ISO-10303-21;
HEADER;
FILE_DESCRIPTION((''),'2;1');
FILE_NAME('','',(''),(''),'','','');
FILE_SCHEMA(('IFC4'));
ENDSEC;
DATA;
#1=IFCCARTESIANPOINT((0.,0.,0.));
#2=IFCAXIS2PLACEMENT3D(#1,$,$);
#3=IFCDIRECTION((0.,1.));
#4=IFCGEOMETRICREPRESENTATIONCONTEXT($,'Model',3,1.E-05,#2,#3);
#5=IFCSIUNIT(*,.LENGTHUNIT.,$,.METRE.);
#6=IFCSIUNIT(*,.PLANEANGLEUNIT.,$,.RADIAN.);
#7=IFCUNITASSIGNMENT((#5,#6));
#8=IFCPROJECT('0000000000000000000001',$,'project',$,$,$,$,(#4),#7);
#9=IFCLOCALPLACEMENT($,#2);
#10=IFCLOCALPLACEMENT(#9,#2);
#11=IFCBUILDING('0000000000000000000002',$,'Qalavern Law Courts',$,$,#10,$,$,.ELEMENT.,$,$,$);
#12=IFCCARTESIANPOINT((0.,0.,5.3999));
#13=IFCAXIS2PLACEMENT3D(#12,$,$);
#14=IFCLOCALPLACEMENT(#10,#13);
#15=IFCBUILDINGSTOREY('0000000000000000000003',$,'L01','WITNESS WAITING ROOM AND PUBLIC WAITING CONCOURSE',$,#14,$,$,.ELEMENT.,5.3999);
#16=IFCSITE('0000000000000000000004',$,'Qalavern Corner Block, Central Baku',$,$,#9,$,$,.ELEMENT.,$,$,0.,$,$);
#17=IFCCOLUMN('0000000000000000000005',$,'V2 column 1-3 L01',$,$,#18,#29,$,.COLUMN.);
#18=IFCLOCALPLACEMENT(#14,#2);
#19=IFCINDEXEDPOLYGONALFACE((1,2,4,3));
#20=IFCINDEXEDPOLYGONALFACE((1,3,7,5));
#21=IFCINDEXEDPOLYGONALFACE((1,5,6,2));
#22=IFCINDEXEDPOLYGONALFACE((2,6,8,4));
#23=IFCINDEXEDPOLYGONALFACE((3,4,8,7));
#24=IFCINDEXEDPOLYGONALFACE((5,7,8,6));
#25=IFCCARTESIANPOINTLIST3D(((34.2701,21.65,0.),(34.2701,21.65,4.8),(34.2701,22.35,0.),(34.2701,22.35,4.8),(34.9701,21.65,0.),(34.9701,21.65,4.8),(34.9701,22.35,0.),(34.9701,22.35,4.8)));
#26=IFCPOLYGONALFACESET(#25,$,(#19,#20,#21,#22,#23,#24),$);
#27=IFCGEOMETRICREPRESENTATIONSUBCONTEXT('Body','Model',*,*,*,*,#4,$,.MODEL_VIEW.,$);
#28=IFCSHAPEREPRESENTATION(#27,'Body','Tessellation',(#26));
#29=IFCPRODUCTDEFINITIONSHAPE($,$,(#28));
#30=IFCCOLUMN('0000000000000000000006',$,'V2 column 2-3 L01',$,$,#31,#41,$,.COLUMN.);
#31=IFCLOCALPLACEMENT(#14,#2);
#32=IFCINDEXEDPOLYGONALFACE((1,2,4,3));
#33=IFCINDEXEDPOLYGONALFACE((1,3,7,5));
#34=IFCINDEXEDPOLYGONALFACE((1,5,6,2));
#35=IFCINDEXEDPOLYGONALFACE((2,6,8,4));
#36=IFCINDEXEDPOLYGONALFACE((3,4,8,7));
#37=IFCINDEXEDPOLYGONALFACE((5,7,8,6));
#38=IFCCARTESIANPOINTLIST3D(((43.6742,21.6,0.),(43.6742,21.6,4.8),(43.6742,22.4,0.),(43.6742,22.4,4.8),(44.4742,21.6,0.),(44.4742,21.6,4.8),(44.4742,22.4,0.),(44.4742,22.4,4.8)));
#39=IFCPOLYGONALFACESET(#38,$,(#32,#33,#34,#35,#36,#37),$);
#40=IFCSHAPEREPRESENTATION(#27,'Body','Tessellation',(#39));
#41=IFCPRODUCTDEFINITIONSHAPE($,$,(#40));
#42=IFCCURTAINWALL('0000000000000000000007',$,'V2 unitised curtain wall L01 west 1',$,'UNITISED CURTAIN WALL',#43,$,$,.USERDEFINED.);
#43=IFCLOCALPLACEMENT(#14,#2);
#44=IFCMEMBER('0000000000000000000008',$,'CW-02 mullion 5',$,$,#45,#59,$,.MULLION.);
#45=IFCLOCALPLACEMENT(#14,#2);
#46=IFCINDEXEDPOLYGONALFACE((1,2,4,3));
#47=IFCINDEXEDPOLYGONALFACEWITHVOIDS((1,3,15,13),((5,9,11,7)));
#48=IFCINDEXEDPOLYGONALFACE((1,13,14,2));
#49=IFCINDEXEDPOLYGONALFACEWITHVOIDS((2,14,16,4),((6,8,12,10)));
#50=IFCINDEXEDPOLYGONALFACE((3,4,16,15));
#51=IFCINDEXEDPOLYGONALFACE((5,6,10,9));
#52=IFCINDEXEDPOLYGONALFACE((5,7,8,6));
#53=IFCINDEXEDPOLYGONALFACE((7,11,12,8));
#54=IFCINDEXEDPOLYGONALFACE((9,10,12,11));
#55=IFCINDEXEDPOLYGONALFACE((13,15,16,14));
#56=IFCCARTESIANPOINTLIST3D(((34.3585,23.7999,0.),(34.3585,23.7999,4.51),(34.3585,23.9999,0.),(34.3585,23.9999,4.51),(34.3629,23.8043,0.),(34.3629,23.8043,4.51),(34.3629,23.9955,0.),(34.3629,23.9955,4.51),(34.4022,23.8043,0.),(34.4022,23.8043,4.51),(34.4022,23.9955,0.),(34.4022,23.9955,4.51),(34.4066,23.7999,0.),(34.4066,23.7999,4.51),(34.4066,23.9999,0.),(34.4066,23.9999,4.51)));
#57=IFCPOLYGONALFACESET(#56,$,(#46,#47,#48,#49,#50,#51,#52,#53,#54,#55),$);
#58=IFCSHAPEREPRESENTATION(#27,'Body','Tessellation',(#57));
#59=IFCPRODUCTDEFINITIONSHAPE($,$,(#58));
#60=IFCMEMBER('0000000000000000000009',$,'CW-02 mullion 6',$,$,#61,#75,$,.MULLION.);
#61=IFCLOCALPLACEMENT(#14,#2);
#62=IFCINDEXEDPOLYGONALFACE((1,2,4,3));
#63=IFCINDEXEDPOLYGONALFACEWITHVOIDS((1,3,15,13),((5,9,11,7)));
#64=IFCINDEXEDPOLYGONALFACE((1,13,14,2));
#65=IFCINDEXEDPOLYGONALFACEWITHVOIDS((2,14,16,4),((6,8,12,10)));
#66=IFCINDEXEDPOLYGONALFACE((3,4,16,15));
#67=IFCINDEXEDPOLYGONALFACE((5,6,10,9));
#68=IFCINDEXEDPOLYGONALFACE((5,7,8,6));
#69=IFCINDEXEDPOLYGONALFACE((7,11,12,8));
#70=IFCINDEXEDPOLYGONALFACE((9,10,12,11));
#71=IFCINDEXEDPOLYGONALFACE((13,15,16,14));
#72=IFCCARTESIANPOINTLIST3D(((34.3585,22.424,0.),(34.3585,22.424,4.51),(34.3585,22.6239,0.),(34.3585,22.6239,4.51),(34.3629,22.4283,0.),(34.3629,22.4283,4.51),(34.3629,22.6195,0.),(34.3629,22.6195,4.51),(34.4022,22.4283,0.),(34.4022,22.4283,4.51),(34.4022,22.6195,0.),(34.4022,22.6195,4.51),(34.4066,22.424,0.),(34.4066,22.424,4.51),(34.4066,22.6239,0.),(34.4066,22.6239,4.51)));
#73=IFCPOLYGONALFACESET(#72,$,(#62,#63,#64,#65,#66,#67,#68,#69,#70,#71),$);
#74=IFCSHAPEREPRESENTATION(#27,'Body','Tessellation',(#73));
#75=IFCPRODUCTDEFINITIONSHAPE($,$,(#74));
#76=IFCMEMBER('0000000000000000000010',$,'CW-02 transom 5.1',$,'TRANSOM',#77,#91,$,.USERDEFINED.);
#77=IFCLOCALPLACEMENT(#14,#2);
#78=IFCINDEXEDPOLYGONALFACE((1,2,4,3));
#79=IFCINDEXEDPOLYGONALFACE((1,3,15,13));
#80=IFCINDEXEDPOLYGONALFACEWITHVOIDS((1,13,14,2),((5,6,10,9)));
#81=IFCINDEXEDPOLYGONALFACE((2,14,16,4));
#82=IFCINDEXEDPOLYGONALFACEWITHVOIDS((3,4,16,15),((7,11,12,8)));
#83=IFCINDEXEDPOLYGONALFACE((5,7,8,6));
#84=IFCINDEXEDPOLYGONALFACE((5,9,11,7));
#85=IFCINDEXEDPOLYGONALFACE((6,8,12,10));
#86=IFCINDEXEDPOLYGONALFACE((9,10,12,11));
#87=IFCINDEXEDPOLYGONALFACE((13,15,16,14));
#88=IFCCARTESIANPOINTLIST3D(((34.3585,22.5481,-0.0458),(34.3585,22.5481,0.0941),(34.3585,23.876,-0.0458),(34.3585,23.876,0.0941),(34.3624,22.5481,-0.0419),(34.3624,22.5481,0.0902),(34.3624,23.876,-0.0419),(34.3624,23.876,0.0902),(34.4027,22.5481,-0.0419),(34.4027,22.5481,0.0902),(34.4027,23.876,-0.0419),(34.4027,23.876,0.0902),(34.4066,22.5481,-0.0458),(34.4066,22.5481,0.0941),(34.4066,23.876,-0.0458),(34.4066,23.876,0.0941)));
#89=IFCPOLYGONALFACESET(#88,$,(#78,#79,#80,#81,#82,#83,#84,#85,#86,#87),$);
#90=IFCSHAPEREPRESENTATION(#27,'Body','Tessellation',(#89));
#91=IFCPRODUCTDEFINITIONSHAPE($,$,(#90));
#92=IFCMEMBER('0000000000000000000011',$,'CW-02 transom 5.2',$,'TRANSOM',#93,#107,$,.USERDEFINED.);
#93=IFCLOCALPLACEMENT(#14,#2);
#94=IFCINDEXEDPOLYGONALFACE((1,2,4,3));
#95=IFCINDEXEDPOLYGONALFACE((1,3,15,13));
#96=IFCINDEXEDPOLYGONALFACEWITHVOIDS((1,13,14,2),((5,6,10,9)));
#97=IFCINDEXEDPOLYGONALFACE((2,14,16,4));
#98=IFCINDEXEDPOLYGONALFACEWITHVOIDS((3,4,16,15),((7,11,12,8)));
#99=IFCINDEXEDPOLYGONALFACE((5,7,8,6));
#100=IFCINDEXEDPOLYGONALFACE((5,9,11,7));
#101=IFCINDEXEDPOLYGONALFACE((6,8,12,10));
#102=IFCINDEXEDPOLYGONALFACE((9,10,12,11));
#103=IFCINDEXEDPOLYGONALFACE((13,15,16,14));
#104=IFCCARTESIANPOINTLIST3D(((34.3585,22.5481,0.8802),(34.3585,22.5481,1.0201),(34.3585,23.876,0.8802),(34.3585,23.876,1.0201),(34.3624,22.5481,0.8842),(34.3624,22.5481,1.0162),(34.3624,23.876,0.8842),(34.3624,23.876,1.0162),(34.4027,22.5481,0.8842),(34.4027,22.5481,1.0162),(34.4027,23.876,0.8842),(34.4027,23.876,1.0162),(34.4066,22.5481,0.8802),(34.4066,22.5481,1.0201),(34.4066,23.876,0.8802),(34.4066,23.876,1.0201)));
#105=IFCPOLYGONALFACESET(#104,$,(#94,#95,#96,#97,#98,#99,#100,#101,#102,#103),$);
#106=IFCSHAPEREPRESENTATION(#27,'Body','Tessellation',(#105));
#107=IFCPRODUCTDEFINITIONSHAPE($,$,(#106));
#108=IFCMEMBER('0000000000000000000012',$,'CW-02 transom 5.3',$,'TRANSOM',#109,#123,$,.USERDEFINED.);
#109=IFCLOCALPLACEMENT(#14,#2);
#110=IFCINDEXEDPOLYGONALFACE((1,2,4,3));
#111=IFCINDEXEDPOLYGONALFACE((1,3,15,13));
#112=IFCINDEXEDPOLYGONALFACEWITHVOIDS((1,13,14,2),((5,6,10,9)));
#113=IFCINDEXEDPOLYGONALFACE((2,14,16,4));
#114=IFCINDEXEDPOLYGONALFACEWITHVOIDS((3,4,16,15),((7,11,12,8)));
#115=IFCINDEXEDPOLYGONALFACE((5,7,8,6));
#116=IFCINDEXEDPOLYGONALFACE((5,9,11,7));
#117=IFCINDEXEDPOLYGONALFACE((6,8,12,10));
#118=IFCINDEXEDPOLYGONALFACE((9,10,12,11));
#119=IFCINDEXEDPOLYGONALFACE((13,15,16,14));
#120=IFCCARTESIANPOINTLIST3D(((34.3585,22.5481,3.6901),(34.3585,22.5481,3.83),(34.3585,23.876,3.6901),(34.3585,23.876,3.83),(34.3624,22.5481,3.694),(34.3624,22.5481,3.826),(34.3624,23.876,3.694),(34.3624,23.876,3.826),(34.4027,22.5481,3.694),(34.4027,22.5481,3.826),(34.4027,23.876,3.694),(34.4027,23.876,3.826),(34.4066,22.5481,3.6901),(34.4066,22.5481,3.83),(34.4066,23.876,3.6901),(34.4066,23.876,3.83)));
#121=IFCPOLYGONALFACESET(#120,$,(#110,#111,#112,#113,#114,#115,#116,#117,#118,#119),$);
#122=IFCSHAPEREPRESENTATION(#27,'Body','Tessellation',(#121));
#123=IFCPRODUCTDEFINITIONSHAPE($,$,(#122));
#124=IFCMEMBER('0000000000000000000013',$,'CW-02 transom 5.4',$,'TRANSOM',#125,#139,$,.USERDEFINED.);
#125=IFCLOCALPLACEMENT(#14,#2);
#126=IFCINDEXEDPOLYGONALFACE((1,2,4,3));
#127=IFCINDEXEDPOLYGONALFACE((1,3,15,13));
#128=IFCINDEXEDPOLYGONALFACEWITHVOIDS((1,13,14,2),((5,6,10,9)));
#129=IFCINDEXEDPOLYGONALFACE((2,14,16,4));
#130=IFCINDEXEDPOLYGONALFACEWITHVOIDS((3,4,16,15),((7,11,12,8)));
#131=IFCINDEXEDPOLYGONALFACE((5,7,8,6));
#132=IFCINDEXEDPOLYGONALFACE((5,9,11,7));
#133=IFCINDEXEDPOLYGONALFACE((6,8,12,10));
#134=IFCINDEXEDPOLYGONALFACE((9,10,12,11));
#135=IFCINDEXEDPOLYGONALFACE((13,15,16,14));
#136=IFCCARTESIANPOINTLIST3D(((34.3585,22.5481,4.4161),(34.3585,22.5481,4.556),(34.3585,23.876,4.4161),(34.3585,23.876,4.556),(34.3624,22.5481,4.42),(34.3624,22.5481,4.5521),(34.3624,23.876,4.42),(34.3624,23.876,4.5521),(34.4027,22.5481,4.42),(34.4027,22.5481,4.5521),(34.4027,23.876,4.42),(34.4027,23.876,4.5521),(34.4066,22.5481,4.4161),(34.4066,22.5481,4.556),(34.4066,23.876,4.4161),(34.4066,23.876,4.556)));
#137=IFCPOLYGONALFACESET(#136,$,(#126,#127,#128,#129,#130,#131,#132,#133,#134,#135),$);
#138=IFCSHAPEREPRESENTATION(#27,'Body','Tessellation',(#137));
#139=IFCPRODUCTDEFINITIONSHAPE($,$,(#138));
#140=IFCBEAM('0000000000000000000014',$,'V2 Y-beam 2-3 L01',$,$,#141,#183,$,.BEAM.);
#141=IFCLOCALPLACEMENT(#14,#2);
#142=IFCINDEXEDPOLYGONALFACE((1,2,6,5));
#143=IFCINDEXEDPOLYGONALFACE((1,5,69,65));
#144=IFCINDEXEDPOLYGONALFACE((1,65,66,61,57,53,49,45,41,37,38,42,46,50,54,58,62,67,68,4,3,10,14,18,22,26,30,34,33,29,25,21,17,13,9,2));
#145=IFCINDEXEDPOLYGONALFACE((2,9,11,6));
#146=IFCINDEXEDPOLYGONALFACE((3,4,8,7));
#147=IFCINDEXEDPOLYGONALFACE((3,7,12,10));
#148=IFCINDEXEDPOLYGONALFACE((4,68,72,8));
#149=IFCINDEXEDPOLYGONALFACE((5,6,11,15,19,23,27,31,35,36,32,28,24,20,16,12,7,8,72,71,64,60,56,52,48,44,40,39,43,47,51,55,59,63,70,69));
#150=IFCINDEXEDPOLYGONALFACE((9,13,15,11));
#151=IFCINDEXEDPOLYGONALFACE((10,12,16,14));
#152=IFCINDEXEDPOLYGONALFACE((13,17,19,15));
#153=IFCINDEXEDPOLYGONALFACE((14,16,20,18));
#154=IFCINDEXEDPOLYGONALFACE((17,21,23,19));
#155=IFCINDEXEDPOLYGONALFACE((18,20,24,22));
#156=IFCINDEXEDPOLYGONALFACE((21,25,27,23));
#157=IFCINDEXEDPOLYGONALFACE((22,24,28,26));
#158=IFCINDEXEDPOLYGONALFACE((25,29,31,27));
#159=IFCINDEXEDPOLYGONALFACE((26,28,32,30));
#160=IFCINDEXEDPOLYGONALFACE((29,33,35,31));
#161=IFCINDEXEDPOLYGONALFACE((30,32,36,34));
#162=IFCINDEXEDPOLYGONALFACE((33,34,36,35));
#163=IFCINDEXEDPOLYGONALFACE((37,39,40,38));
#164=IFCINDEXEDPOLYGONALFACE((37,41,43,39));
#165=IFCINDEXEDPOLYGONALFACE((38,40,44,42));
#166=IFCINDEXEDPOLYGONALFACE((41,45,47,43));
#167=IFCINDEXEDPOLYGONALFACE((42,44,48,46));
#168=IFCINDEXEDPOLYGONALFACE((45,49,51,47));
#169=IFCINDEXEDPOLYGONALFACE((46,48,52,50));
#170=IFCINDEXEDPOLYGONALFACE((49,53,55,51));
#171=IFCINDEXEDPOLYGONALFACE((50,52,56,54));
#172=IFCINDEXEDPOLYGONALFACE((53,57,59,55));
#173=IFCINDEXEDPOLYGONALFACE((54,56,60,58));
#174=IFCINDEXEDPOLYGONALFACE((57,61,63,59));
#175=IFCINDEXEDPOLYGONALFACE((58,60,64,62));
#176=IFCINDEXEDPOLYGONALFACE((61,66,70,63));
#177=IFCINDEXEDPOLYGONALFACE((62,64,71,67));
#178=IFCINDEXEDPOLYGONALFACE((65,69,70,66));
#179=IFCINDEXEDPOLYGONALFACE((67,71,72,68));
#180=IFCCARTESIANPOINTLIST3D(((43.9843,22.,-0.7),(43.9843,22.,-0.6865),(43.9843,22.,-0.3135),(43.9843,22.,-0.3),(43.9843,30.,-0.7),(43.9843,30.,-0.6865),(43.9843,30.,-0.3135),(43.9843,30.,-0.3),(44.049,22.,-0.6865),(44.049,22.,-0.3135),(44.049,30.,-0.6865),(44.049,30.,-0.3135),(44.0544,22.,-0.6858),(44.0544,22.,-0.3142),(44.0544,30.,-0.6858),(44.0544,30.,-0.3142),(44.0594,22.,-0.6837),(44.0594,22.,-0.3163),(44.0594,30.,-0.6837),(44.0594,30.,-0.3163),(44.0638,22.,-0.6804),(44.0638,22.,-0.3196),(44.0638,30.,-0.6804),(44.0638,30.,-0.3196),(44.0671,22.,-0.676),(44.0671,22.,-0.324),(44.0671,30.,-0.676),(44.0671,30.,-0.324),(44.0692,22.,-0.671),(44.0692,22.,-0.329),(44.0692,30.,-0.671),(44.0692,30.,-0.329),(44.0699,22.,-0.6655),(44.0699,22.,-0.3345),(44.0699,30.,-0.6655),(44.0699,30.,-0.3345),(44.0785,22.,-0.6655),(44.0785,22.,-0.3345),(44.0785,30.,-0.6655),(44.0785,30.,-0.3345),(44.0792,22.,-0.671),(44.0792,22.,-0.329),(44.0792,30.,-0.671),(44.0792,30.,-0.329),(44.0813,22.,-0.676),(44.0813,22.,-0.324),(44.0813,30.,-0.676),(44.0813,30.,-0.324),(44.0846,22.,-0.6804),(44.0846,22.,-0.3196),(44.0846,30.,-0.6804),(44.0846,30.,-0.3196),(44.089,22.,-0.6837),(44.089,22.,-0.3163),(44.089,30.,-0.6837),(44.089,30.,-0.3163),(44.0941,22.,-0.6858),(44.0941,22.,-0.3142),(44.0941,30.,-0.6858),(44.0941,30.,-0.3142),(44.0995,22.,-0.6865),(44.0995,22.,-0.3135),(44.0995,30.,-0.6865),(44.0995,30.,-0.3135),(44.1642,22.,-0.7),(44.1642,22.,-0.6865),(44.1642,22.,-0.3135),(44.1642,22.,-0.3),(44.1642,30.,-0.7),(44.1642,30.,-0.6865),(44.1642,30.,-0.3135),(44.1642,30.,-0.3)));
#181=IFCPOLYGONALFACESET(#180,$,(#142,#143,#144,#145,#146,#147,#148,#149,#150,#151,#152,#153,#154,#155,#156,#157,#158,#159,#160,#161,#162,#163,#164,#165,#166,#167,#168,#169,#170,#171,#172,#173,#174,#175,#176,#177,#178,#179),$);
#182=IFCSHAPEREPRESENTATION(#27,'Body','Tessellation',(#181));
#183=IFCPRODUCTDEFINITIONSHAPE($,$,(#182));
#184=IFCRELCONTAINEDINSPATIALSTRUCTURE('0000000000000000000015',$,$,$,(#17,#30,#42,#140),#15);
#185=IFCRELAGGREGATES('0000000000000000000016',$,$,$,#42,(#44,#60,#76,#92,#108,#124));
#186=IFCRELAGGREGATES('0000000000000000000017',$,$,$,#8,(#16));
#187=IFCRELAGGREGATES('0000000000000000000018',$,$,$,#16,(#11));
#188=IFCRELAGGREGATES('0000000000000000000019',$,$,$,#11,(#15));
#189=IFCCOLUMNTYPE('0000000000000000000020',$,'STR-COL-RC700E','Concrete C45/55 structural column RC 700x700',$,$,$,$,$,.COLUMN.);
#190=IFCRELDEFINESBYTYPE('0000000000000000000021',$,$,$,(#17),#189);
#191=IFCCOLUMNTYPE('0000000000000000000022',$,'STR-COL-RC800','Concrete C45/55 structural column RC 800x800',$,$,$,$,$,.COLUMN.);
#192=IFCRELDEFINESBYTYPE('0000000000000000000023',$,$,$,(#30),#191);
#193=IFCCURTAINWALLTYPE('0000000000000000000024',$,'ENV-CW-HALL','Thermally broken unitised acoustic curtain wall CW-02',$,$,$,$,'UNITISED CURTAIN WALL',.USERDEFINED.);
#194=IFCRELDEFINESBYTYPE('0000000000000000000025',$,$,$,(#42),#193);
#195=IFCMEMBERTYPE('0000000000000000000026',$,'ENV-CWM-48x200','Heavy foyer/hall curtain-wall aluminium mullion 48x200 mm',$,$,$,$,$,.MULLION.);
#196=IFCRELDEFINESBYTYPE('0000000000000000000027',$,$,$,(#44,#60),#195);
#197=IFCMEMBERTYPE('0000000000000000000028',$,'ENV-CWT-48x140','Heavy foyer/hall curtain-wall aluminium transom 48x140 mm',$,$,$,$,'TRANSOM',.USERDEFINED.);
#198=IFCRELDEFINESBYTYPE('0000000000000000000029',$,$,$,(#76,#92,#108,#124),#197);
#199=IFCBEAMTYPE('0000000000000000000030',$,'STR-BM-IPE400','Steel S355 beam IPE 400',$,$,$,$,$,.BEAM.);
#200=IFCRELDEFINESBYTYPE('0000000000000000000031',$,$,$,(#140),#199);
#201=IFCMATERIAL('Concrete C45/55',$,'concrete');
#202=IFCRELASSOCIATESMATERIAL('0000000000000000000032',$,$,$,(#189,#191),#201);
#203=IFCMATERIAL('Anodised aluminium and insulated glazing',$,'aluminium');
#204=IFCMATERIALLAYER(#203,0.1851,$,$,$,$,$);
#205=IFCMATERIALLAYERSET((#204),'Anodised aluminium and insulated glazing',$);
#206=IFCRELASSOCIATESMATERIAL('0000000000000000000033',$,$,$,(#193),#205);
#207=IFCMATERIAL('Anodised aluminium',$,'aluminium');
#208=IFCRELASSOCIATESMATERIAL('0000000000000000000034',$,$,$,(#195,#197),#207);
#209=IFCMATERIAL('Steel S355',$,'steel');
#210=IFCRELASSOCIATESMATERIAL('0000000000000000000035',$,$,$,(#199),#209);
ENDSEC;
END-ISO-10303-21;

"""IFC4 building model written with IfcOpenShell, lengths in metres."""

from ifc_helpers import new_model, si_unit, direction, frame, origin, origin_2d, place, context, subcontext, project, spatial, rectangle, hollow_rectangle, i_section, extrude, material, layer, layer_set, material_profile, profile_set, type_object, element, aggregate, save


model = new_model("IFC4")

# Units and contexts
model_context = context("Model", 3, precision=1e-05, world=origin(), true_north=direction((0.0, 1.0)))
body_context = subcontext(model_context, "Body", "Model", "MODEL_VIEW")
ifc_project = project(units=[si_unit("LENGTHUNIT", "METRE"), si_unit("PLANEANGLEUNIT", "RADIAN")], contexts=[model_context])

# Site, building, storey
site_placement = place(None, origin())
site = spatial("IfcSite", under=ifc_project, at=site_placement, Name="Qalavern Corner Block, Central Baku", CompositionType="ELEMENT", RefElevation=0.0)
building_placement = place(site_placement, origin())
building = spatial("IfcBuilding", under=site, at=building_placement, Name="Qalavern Law Courts", CompositionType="ELEMENT")
storey_placement = place(building_placement, frame((0.0, 0.0, 5.3999)))
storey = spatial("IfcBuildingStorey", under=building, at=storey_placement, Name="L01", Description="WITNESS WAITING ROOM AND PUBLIC WAITING CONCOURSE", CompositionType="ELEMENT", Elevation=5.3999)

# Columns
ifc_material_1 = material(Name="Concrete C45/55", Category="concrete")
ifc_material_profile_1 = material_profile(ifc_material_1, rectangle(XDim=0.7, YDim=0.7, at=origin_2d()), Name="RC 700x700")
ifc_profile_set_1 = profile_set([ifc_material_profile_1], Name="Concrete C45/55")
column_type_1 = type_object("IfcColumnType", Name="STR-COL-RC700E", Description="Concrete C45/55 structural column RC 700x700", PredefinedType="COLUMN", material=ifc_profile_set_1)
column_1_placement = place(storey_placement, frame((34.6201, 22.0, 0.0), z_axis=(0.0, 0.0, 1.0), x_axis=(1.0, 0.0, 0.0)))
element("IfcColumn", 1, at=column_1_placement, inside=storey, type_object=column_type_1, Name="V2 column 1-3 L01", PredefinedType="COLUMN", context=body_context, shape_type="SweptSolid", body=[
    extrude(rectangle(XDim=0.7, YDim=0.7, at=origin_2d()), origin(), (0.0, 0.0, 1.0), 4.8),
])
ifc_material_profile_2 = material_profile(ifc_material_1, rectangle(XDim=0.8, YDim=0.8, at=origin_2d()), Name="RC 800x800")
ifc_profile_set_2 = profile_set([ifc_material_profile_2], Name="Concrete C45/55")
column_type_2 = type_object("IfcColumnType", Name="STR-COL-RC800", Description="Concrete C45/55 structural column RC 800x800", PredefinedType="COLUMN", material=ifc_profile_set_2)
column_2_placement = place(storey_placement, frame((44.0742, 22.0, 0.0), z_axis=(0.0, 0.0, 1.0), x_axis=(1.0, 0.0, 0.0)))
element("IfcColumn", 2, at=column_2_placement, inside=storey, type_object=column_type_2, Name="V2 column 2-3 L01", PredefinedType="COLUMN", context=body_context, shape_type="SweptSolid", body=[
    extrude(rectangle(XDim=0.8, YDim=0.8, at=origin_2d()), origin(), (0.0, 0.0, 1.0), 4.8),
])

# Curtain wall, members
ifc_material_2 = material(Name="Anodised aluminium and insulated glazing", Category="aluminium")
ifc_layer_1 = layer(ifc_material_2, 0.1851)
ifc_layer_set_1 = layer_set([ifc_layer_1], Name="Anodised aluminium and insulated glazing")
curtain_wall_type = type_object("IfcCurtainWallType", Name="ENV-CW-HALL", Description="Thermally broken unitised acoustic curtain wall CW-02", ElementType="UNITISED CURTAIN WALL", PredefinedType="USERDEFINED", material=ifc_layer_set_1)
curtain_wall_placement = place(storey_placement, origin())
curtain_wall = element("IfcCurtainWall", 3, at=curtain_wall_placement, inside=storey, type_object=curtain_wall_type, Name="V2 unitised curtain wall L01 west 1", ObjectType="UNITISED CURTAIN WALL", PredefinedType="USERDEFINED")
ifc_material_3 = material(Name="Anodised aluminium", Category="aluminium")
ifc_material_profile_3 = material_profile(ifc_material_3, hollow_rectangle(XDim=0.0481, YDim=0.2, WallThickness=0.0044, at=origin_2d()), Name="ALU MULLION 48x200")
ifc_profile_set_3 = profile_set([ifc_material_profile_3], Name="Anodised aluminium")
member_type_1 = type_object("IfcMemberType", Name="ENV-CWM-48x200", Description="Heavy foyer/hall curtain-wall aluminium mullion 48x200 mm", PredefinedType="MULLION", material=ifc_profile_set_3)
member_1_placement = place(storey_placement, frame((34.3826, 23.8999, 0.0), z_axis=(0.0, 0.0, 1.0), x_axis=(1.0, 0.0, 0.0)))
member_1 = element("IfcMember", 4, at=member_1_placement, type_object=member_type_1, Name="CW-02 mullion 5", PredefinedType="MULLION", context=body_context, shape_type="SweptSolid", body=[
    extrude(hollow_rectangle(XDim=0.0481, YDim=0.2, WallThickness=0.0044, at=origin_2d()), origin(), (0.0, 0.0, 1.0), 4.51),
])
member_2_placement = place(storey_placement, frame((34.3826, 22.5239, 0.0), z_axis=(0.0, 0.0, 1.0), x_axis=(1.0, 0.0, 0.0)))
member_2 = element("IfcMember", 5, at=member_2_placement, type_object=member_type_1, Name="CW-02 mullion 6", PredefinedType="MULLION", context=body_context, shape_type="SweptSolid", body=[
    extrude(hollow_rectangle(XDim=0.0481, YDim=0.2, WallThickness=0.0044, at=origin_2d()), origin(), (0.0, 0.0, 1.0), 4.51),
])
ifc_material_profile_4 = material_profile(ifc_material_3, hollow_rectangle(XDim=0.0481, YDim=0.1399, WallThickness=0.0039, at=origin_2d()), Name="ALU TRANSOM 48x140")
ifc_profile_set_4 = profile_set([ifc_material_profile_4], Name="Anodised aluminium")
member_type_2 = type_object("IfcMemberType", Name="ENV-CWT-48x140", Description="Heavy foyer/hall curtain-wall aluminium transom 48x140 mm", ElementType="TRANSOM", PredefinedType="USERDEFINED", material=ifc_profile_set_4)
member_3_placement = place(storey_placement, frame((34.3826, 23.876, 0.0242), z_axis=(0.0, -1.0, 0.0), x_axis=(1.0, 0.0, 0.0)))
member_3 = element("IfcMember", 6, at=member_3_placement, type_object=member_type_2, Name="CW-02 transom 5.1", ObjectType="TRANSOM", PredefinedType="USERDEFINED", context=body_context, shape_type="SweptSolid", body=[
    extrude(hollow_rectangle(XDim=0.0481, YDim=0.1399, WallThickness=0.0039, at=origin_2d()), origin(), (0.0, 0.0, 1.0), 1.3279),
])
member_4_placement = place(storey_placement, frame((34.3826, 23.876, 0.9502), z_axis=(0.0, -1.0, 0.0), x_axis=(1.0, 0.0, 0.0)))
member_4 = element("IfcMember", 7, at=member_4_placement, type_object=member_type_2, Name="CW-02 transom 5.2", ObjectType="TRANSOM", PredefinedType="USERDEFINED", context=body_context, shape_type="SweptSolid", body=[
    extrude(hollow_rectangle(XDim=0.0481, YDim=0.1399, WallThickness=0.0039, at=origin_2d()), origin(), (0.0, 0.0, 1.0), 1.3279),
])
member_5_placement = place(storey_placement, frame((34.3826, 23.876, 3.76), z_axis=(0.0, -1.0, 0.0), x_axis=(1.0, 0.0, 0.0)))
member_5 = element("IfcMember", 8, at=member_5_placement, type_object=member_type_2, Name="CW-02 transom 5.3", ObjectType="TRANSOM", PredefinedType="USERDEFINED", context=body_context, shape_type="SweptSolid", body=[
    extrude(hollow_rectangle(XDim=0.0481, YDim=0.1399, WallThickness=0.0039, at=origin_2d()), origin(), (0.0, 0.0, 1.0), 1.3279),
])
member_6_placement = place(storey_placement, frame((34.3826, 23.876, 4.4861), z_axis=(0.0, -1.0, 0.0), x_axis=(1.0, 0.0, 0.0)))
member_6 = element("IfcMember", 9, at=member_6_placement, type_object=member_type_2, Name="CW-02 transom 5.4", ObjectType="TRANSOM", PredefinedType="USERDEFINED", context=body_context, shape_type="SweptSolid", body=[
    extrude(hollow_rectangle(XDim=0.0481, YDim=0.1399, WallThickness=0.0039, at=origin_2d()), origin(), (0.0, 0.0, 1.0), 1.3279),
])

# Beam
ifc_material_4 = material(Name="Steel S355", Category="steel")
ifc_material_profile_5 = material_profile(ifc_material_4, i_section(OverallWidth=0.1799, OverallDepth=0.3999, WebThickness=0.0085, FlangeThickness=0.0134, FilletRadius=0.021, at=origin_2d()), Name="IPE 400")
ifc_profile_set_5 = profile_set([ifc_material_profile_5], Name="Steel S355")
beam_type_1 = type_object("IfcBeamType", Name="STR-BM-IPE400", Description="Steel S355 beam IPE 400", PredefinedType="BEAM", material=ifc_profile_set_5)
beam_1_placement = place(storey_placement, frame((44.0742, 22.0, -0.5), z_axis=(0.0, 1.0, 0.0), x_axis=(-1.0, 0.0, 0.0)))
element("IfcBeam", 10, at=beam_1_placement, inside=storey, type_object=beam_type_1, Name="V2 Y-beam 2-3 L01", PredefinedType="BEAM", context=body_context, shape_type="SweptSolid", body=[
    extrude(i_section(OverallWidth=0.1799, OverallDepth=0.3999, WebThickness=0.0085, FlangeThickness=0.0134, FilletRadius=0.021, at=origin_2d()), origin(), (0.0, 0.0, 1.0), 8.0),
])

aggregate(curtain_wall, [member_1, member_2, member_3, member_4, member_5, member_6])

save(model, "model.ifc")
